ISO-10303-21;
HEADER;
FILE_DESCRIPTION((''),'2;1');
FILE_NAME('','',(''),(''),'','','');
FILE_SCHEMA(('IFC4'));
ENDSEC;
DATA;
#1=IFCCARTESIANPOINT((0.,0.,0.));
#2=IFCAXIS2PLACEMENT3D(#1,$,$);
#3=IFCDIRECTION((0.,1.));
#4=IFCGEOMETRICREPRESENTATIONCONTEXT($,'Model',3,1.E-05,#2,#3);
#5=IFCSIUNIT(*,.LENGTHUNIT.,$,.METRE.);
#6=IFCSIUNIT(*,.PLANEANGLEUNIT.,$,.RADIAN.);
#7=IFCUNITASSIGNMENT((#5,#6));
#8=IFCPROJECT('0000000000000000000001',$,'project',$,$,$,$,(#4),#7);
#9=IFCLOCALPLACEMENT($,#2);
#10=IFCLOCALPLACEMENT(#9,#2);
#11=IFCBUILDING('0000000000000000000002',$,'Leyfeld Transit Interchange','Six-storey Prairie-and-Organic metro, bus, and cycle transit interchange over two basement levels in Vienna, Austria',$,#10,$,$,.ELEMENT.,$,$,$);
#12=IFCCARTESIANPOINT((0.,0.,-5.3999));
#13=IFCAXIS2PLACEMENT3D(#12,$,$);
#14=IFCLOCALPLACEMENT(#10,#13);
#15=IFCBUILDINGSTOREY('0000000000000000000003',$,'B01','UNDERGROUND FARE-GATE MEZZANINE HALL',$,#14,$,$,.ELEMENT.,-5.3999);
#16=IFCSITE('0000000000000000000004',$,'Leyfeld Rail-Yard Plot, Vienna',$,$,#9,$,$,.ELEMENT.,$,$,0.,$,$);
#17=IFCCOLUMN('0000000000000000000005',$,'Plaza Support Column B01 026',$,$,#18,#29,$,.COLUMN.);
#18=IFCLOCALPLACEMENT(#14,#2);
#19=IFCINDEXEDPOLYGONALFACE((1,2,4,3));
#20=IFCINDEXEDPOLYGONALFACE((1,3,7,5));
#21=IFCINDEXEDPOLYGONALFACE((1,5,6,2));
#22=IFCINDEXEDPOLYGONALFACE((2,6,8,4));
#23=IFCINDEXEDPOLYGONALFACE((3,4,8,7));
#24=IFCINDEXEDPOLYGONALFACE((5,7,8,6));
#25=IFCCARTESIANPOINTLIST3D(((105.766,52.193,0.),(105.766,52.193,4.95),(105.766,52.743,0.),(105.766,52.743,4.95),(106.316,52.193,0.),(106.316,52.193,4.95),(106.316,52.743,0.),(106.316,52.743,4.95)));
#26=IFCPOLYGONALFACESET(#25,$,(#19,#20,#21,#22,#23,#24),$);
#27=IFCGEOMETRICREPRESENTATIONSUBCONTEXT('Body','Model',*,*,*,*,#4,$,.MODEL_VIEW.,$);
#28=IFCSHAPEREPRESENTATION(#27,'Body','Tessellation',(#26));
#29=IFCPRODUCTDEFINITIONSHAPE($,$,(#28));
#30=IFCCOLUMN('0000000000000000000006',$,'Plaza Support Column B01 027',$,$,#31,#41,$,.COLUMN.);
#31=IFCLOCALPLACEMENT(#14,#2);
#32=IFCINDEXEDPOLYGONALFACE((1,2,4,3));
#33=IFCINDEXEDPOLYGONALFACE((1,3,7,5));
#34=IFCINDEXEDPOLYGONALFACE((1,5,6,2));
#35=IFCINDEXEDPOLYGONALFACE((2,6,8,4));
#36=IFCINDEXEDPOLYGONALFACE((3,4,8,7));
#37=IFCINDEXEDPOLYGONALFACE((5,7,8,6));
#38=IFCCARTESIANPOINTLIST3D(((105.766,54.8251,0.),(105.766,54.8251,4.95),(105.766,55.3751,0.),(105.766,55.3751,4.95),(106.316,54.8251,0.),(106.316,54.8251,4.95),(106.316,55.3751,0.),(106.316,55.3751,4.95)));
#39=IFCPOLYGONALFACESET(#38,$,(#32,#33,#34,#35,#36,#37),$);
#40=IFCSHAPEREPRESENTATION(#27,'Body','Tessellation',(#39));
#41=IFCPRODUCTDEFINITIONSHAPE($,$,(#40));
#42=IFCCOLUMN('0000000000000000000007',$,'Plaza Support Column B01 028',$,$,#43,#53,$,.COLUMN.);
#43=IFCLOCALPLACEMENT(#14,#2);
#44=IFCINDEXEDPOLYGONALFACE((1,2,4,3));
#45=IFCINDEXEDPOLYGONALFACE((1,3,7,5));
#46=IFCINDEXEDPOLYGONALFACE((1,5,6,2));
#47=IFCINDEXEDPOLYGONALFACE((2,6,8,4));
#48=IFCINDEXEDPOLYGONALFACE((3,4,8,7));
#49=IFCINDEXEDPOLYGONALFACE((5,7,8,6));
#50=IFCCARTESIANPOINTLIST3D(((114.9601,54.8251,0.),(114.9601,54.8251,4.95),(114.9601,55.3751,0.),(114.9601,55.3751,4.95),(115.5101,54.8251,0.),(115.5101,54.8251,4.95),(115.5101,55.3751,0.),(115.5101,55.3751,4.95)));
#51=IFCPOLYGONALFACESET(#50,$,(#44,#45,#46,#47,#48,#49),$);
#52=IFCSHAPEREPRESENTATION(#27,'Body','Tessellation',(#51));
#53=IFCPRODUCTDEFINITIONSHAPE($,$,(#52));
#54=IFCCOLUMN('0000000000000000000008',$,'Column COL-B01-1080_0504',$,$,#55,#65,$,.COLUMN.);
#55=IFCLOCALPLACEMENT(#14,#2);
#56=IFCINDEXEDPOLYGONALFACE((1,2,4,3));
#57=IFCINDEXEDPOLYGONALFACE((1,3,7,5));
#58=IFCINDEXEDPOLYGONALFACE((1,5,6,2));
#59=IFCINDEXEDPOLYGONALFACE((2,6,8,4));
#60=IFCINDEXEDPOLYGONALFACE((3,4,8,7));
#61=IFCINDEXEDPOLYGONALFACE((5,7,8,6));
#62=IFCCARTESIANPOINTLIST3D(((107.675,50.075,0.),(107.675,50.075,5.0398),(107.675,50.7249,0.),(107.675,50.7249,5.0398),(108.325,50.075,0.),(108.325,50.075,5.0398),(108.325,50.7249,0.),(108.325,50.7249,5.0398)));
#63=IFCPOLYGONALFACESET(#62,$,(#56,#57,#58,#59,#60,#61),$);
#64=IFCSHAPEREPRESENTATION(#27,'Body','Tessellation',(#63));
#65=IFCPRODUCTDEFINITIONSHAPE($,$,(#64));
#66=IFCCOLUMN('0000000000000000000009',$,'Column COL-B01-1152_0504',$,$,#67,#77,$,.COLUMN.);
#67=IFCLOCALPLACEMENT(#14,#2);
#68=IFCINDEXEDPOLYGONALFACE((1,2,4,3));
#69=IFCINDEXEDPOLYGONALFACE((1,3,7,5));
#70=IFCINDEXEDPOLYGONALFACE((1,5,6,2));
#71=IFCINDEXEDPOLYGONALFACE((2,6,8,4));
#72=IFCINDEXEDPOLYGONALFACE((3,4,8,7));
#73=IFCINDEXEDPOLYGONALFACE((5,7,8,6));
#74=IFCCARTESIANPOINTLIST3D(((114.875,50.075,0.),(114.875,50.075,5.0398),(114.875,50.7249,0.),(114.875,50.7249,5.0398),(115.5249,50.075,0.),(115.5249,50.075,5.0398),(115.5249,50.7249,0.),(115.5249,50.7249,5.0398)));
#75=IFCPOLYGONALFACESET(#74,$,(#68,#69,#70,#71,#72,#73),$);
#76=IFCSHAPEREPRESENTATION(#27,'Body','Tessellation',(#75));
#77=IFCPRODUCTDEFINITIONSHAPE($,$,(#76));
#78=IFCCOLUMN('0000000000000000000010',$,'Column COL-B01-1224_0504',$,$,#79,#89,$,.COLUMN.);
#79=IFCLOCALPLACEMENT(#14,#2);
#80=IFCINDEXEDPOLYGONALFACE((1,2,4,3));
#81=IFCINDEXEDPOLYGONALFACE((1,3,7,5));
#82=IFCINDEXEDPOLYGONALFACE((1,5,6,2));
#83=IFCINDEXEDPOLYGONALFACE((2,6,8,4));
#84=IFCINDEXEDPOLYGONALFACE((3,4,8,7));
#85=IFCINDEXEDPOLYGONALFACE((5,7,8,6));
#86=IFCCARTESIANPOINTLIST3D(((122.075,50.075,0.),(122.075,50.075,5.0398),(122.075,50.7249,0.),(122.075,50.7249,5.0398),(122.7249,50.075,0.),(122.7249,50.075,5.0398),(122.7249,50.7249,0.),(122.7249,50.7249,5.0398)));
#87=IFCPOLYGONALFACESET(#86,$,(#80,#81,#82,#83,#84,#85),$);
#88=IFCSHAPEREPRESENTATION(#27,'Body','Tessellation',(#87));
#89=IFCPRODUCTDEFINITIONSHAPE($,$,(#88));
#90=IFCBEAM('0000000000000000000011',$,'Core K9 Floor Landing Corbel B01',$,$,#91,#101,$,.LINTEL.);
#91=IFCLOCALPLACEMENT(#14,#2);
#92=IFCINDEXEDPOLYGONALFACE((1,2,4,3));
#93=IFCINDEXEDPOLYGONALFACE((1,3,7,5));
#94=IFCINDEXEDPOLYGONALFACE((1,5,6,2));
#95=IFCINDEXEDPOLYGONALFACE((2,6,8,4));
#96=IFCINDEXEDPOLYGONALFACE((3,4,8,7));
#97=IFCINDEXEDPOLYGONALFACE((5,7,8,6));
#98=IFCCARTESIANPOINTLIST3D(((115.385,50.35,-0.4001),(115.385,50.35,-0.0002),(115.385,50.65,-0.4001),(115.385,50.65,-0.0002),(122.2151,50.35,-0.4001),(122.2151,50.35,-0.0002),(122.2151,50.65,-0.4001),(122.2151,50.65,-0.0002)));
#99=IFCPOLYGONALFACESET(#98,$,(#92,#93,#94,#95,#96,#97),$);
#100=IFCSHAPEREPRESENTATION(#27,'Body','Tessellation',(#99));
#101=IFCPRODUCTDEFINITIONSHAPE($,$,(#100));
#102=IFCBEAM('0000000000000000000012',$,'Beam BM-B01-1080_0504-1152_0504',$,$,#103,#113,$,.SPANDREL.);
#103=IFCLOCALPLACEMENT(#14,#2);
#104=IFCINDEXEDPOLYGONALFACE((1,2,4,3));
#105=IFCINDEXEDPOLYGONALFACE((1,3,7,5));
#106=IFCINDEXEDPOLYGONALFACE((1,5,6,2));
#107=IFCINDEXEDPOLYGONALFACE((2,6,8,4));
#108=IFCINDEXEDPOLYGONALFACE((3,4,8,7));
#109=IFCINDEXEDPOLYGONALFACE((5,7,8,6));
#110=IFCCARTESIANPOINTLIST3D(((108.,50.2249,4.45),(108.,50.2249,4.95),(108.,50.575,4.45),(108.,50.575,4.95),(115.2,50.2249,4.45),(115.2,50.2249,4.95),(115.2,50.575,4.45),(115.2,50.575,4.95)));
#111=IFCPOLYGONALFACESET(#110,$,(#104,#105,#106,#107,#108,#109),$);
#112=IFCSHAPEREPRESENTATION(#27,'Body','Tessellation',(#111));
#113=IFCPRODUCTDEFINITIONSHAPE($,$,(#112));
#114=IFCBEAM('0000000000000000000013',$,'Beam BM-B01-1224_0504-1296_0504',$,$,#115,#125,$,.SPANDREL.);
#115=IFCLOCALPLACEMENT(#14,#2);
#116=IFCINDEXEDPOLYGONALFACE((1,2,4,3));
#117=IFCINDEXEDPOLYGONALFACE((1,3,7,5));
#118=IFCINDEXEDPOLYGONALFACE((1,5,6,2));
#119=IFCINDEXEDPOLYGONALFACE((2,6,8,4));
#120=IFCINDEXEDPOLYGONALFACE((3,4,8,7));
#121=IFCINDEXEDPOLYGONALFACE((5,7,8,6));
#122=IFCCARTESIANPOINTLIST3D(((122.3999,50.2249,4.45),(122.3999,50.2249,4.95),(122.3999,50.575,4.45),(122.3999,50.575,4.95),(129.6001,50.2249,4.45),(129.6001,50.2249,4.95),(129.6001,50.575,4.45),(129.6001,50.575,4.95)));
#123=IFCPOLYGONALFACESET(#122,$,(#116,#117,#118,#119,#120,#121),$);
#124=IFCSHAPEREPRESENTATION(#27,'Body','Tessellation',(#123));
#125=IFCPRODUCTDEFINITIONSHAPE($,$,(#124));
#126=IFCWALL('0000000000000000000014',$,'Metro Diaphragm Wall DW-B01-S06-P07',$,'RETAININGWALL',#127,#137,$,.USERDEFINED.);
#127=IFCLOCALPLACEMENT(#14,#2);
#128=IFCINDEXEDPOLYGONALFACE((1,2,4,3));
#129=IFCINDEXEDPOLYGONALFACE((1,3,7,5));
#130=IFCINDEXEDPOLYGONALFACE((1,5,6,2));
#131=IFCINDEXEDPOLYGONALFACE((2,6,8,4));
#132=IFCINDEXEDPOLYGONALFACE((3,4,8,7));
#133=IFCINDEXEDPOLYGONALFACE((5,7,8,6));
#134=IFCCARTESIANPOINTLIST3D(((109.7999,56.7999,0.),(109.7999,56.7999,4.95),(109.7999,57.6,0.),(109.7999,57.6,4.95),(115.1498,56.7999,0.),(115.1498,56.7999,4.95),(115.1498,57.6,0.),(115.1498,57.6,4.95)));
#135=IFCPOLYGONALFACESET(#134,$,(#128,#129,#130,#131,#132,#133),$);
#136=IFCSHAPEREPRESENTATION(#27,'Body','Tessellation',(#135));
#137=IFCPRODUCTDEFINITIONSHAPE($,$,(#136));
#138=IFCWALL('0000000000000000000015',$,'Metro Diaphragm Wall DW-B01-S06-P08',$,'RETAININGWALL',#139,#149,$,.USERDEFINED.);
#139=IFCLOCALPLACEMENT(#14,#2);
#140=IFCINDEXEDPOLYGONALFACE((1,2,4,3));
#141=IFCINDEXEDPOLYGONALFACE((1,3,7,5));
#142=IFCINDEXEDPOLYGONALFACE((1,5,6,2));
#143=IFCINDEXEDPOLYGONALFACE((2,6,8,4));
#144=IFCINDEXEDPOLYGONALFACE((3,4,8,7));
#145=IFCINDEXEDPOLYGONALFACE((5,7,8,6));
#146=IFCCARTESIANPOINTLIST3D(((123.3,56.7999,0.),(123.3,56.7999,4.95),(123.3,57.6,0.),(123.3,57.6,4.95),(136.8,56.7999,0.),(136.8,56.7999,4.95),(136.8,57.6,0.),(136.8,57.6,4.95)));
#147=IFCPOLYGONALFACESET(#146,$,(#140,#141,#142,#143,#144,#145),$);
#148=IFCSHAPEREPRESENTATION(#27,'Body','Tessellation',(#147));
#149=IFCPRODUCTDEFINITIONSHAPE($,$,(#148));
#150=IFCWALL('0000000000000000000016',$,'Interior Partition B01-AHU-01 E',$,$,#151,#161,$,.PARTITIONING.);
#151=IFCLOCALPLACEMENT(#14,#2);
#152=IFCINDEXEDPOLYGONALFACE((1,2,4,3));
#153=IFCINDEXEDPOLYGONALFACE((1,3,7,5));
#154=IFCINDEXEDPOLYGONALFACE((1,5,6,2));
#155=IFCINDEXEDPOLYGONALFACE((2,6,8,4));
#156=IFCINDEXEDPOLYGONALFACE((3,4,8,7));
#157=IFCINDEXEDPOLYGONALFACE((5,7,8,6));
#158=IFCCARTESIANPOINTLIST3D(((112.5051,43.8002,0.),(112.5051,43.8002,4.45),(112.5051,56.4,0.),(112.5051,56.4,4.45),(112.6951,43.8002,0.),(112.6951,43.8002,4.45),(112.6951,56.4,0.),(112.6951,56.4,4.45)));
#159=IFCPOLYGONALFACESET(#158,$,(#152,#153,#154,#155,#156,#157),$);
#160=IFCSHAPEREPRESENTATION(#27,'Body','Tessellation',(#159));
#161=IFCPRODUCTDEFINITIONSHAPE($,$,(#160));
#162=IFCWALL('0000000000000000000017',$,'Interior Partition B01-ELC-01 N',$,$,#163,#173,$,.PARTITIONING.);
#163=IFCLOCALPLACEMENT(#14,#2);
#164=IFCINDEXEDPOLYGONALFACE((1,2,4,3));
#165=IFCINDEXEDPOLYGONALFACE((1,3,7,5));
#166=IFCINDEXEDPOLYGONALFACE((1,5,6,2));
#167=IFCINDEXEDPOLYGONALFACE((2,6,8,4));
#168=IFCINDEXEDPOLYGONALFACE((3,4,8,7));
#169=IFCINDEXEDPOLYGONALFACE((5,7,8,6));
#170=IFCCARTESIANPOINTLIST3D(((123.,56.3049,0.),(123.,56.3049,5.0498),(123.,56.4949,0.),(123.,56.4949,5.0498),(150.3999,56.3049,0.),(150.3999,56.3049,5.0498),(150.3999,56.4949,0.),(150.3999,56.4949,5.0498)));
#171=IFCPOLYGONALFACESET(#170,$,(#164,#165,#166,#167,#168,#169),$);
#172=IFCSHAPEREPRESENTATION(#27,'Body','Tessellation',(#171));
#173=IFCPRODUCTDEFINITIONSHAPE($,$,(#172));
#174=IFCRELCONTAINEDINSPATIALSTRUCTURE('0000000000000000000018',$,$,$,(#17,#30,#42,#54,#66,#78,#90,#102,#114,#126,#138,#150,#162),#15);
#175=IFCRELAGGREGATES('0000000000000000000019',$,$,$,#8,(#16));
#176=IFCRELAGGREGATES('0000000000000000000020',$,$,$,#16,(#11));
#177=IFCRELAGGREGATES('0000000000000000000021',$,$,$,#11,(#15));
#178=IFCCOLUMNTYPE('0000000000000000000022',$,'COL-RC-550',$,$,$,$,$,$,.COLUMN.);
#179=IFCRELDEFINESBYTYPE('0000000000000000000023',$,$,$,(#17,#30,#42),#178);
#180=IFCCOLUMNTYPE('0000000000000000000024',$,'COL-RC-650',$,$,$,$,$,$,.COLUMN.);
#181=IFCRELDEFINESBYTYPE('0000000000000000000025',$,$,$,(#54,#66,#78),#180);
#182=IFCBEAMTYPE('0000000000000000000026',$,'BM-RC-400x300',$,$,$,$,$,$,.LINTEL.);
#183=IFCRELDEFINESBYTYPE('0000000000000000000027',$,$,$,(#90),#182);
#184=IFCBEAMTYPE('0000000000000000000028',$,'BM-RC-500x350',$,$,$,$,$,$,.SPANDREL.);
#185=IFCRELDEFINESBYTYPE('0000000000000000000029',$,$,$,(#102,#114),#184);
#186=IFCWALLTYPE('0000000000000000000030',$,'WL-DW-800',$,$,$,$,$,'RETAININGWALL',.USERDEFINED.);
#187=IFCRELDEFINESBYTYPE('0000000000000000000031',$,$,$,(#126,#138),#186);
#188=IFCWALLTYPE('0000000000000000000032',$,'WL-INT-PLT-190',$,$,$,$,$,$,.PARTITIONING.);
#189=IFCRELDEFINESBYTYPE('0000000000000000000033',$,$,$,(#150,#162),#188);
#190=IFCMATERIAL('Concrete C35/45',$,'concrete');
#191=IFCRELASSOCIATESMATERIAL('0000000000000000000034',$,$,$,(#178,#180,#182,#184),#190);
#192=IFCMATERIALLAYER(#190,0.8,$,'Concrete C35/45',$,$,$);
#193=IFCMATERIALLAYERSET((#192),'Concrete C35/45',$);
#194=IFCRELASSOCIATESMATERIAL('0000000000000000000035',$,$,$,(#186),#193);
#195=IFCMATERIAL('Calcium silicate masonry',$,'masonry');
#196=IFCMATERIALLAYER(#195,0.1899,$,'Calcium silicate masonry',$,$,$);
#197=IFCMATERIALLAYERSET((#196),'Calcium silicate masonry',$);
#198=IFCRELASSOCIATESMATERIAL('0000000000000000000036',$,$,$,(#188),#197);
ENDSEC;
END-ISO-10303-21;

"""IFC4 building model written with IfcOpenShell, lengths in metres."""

from ifc_helpers import new_model, si_unit, direction, frame, frame_2d, origin, origin_2d, place, context, subcontext, project, spatial, rectangle, extrude, material, layer, layer_set, material_profile, profile_set, type_object, element, save


model = new_model("IFC4")

# Units and contexts
model_context = context("Model", 3, precision=1e-05, world=origin(), true_north=direction((0.0, 1.0)))
body_context = subcontext(model_context, "Body", "Model", "MODEL_VIEW")
ifc_project = project(units=[si_unit("LENGTHUNIT", "METRE"), si_unit("PLANEANGLEUNIT", "RADIAN")], contexts=[model_context])

# Site, building, storey
site_placement = place(None, origin())
site = spatial("IfcSite", under=ifc_project, at=site_placement, Name="Leyfeld Rail-Yard Plot, Vienna", CompositionType="ELEMENT", RefElevation=0.0)
building_placement = place(site_placement, origin())
building = spatial("IfcBuilding", under=site, at=building_placement, Name="Leyfeld Transit Interchange", Description="Six-storey Prairie-and-Organic metro, bus, and cycle transit interchange over two basement levels in Vienna, Austria", CompositionType="ELEMENT")
storey_placement = place(building_placement, frame((0.0, 0.0, -5.3999)))
storey = spatial("IfcBuildingStorey", under=building, at=storey_placement, Name="B01", Description="UNDERGROUND FARE-GATE MEZZANINE HALL", CompositionType="ELEMENT", Elevation=-5.3999)

# Columns
ifc_material_1 = material(Name="Concrete C35/45", Category="concrete")
ifc_material_profile_1 = material_profile(ifc_material_1, rectangle(XDim=0.55, YDim=0.55, at=origin_2d()), Name="RC 550x550")
ifc_profile_set_1 = profile_set([ifc_material_profile_1], Name="Concrete C35/45")
column_type_1 = type_object("IfcColumnType", Name="COL-RC-550", PredefinedType="COLUMN", material=ifc_profile_set_1)
for number, where, z_axis, x_axis, name in (
    (1, (106.041, 52.468, 0.0), (0.0, 0.0, 1.0), (1.0, 0.0, 0.0), "Plaza Support Column B01 026"),
    (2, (106.041, 55.1001, 0.0), (0.0, 0.0, 1.0), (1.0, 0.0, 0.0), "Plaza Support Column B01 027"),
    (3, (115.2351, 55.1001, 0.0), (0.0, 0.0, 1.0), (1.0, 0.0, 0.0), "Plaza Support Column B01 028"),
):
    element("IfcColumn", number, at=place(storey_placement, frame(where, z_axis=z_axis, x_axis=x_axis)), inside=storey, type_object=column_type_1, Name=name, PredefinedType="COLUMN", context=body_context, shape_type="SweptSolid", body=[
        extrude(rectangle(XDim=0.55, YDim=0.55, at=origin_2d()), origin(), (0.0, 0.0, 1.0), 4.95),
    ])
ifc_material_profile_2 = material_profile(ifc_material_1, rectangle(XDim=0.6499, YDim=0.6499, at=origin_2d()), Name="RC 650x650")
ifc_profile_set_2 = profile_set([ifc_material_profile_2], Name="Concrete C35/45")
column_type_2 = type_object("IfcColumnType", Name="COL-RC-650", PredefinedType="COLUMN", material=ifc_profile_set_2)
for number, where, z_axis, x_axis, name in (
    (4, (108.0, 50.3999, 0.0), (0.0, 0.0, 1.0), (1.0, 0.0, 0.0), "Column COL-B01-1080_0504"),
    (5, (115.2, 50.3999, 0.0), (0.0, 0.0, 1.0), (1.0, 0.0, 0.0), "Column COL-B01-1152_0504"),
    (6, (122.3999, 50.3999, 0.0), (0.0, 0.0, 1.0), (1.0, 0.0, 0.0), "Column COL-B01-1224_0504"),
):
    element("IfcColumn", number, at=place(storey_placement, frame(where, z_axis=z_axis, x_axis=x_axis)), inside=storey, type_object=column_type_2, Name=name, PredefinedType="COLUMN", context=body_context, shape_type="SweptSolid", body=[
        extrude(rectangle(XDim=0.6499, YDim=0.6499, at=origin_2d()), origin(), (0.0, 0.0, 1.0), 5.0398),
    ])

# Beams
ifc_material_profile_3 = material_profile(ifc_material_1, rectangle(XDim=0.3, YDim=0.3999, at=origin_2d()), Name="RC 400x300")
ifc_profile_set_3 = profile_set([ifc_material_profile_3], Name="Concrete C35/45")
beam_type_1 = type_object("IfcBeamType", Name="BM-RC-400x300", PredefinedType="LINTEL", material=ifc_profile_set_3)
beam_1_placement = place(storey_placement, frame((115.385, 50.5, -0.2002), z_axis=(1.0, 0.0, 0.0), x_axis=(0.0, 1.0, 0.0)))
element("IfcBeam", 7, at=beam_1_placement, inside=storey, type_object=beam_type_1, Name="Core K9 Floor Landing Corbel B01", PredefinedType="LINTEL", context=body_context, shape_type="SweptSolid", body=[
    extrude(rectangle(XDim=0.3, YDim=0.3999, at=origin_2d()), origin(), (0.0, 0.0, 1.0), 6.8301),
])
ifc_material_profile_4 = material_profile(ifc_material_1, rectangle(XDim=0.3501, YDim=0.5, at=origin_2d()), Name="RC 500x350")
ifc_profile_set_4 = profile_set([ifc_material_profile_4], Name="Concrete C35/45")
beam_type_2 = type_object("IfcBeamType", Name="BM-RC-500x350", PredefinedType="SPANDREL", material=ifc_profile_set_4)
beam_2_placement = place(storey_placement, frame((108.0, 50.3999, 4.7), z_axis=(1.0, 0.0, 0.0), x_axis=(0.0, 1.0, 0.0)))
element("IfcBeam", 8, at=beam_2_placement, inside=storey, type_object=beam_type_2, Name="Beam BM-B01-1080_0504-1152_0504", PredefinedType="SPANDREL", context=body_context, shape_type="SweptSolid", body=[
    extrude(rectangle(XDim=0.3501, YDim=0.5, at=origin_2d()), origin(), (0.0, 0.0, 1.0), 7.2),
])
beam_3_placement = place(storey_placement, frame((122.3999, 50.3999, 4.7), z_axis=(1.0, 0.0, 0.0), x_axis=(0.0, 1.0, 0.0)))
element("IfcBeam", 9, at=beam_3_placement, inside=storey, type_object=beam_type_2, Name="Beam BM-B01-1224_0504-1296_0504", PredefinedType="SPANDREL", context=body_context, shape_type="SweptSolid", body=[
    extrude(rectangle(XDim=0.3501, YDim=0.5, at=origin_2d()), origin(), (0.0, 0.0, 1.0), 7.2002),
])

# Walls
ifc_layer_1 = layer(ifc_material_1, 0.8, Name="Concrete C35/45")
ifc_layer_set_1 = layer_set([ifc_layer_1], Name="Concrete C35/45")
wall_type_1 = type_object("IfcWallType", Name="WL-DW-800", ElementType="RETAININGWALL", PredefinedType="USERDEFINED", material=ifc_layer_set_1)
wall_1_placement = place(storey_placement, frame((109.8, 57.2, 0.0), z_axis=(0.0, 0.0, 1.0), x_axis=(1.0, 0.0, 0.0)))
element("IfcWall", 10, at=wall_1_placement, inside=storey, type_object=wall_type_1, Name="Metro Diaphragm Wall DW-B01-S06-P07", ObjectType="RETAININGWALL", PredefinedType="USERDEFINED", context=body_context, shape_type="SweptSolid", body=[
    extrude(rectangle(XDim=5.3499, YDim=0.8, at=frame_2d((2.6748, 0.0))), origin(), (0.0, 0.0, 1.0), 4.95),
])
wall_2_placement = place(storey_placement, frame((123.3, 57.2, 0.0), z_axis=(0.0, 0.0, 1.0), x_axis=(1.0, 0.0, 0.0)))
element("IfcWall", 11, at=wall_2_placement, inside=storey, type_object=wall_type_1, Name="Metro Diaphragm Wall DW-B01-S06-P08", ObjectType="RETAININGWALL", PredefinedType="USERDEFINED", context=body_context, shape_type="SweptSolid", body=[
    extrude(rectangle(XDim=13.5, YDim=0.8, at=frame_2d((6.75, 0.0))), origin(), (0.0, 0.0, 1.0), 4.95),
])
ifc_material_2 = material(Name="Calcium silicate masonry", Category="masonry")
ifc_layer_2 = layer(ifc_material_2, 0.1899, Name="Calcium silicate masonry")
ifc_layer_set_2 = layer_set([ifc_layer_2], Name="Calcium silicate masonry")
wall_type_2 = type_object("IfcWallType", Name="WL-INT-PLT-190", PredefinedType="PARTITIONING", material=ifc_layer_set_2)
wall_3_placement = place(storey_placement, frame((112.6001, 56.3999, 0.0), z_axis=(0.0, 0.0, 1.0), x_axis=(0.0, -1.0, 0.0)))
element("IfcWall", 12, at=wall_3_placement, inside=storey, type_object=wall_type_2, Name="Interior Partition B01-AHU-01 E", PredefinedType="PARTITIONING", context=body_context, shape_type="SweptSolid", body=[
    extrude(rectangle(XDim=12.5999, YDim=0.1899, at=frame_2d((6.2998, 0.0))), origin(), (0.0, 0.0, 1.0), 4.45),
])
wall_4_placement = place(storey_placement, frame((123.0, 56.3999, 0.0), z_axis=(0.0, 0.0, 1.0), x_axis=(1.0, 0.0, 0.0)))
element("IfcWall", 13, at=wall_4_placement, inside=storey, type_object=wall_type_2, Name="Interior Partition B01-ELC-01 N", PredefinedType="PARTITIONING", context=body_context, shape_type="SweptSolid", body=[
    extrude(rectangle(XDim=27.3999, YDim=0.1899, at=frame_2d((13.7, 0.0))), origin(), (0.0, 0.0, 1.0), 5.0498),
])

save(model, "model.ifc")
